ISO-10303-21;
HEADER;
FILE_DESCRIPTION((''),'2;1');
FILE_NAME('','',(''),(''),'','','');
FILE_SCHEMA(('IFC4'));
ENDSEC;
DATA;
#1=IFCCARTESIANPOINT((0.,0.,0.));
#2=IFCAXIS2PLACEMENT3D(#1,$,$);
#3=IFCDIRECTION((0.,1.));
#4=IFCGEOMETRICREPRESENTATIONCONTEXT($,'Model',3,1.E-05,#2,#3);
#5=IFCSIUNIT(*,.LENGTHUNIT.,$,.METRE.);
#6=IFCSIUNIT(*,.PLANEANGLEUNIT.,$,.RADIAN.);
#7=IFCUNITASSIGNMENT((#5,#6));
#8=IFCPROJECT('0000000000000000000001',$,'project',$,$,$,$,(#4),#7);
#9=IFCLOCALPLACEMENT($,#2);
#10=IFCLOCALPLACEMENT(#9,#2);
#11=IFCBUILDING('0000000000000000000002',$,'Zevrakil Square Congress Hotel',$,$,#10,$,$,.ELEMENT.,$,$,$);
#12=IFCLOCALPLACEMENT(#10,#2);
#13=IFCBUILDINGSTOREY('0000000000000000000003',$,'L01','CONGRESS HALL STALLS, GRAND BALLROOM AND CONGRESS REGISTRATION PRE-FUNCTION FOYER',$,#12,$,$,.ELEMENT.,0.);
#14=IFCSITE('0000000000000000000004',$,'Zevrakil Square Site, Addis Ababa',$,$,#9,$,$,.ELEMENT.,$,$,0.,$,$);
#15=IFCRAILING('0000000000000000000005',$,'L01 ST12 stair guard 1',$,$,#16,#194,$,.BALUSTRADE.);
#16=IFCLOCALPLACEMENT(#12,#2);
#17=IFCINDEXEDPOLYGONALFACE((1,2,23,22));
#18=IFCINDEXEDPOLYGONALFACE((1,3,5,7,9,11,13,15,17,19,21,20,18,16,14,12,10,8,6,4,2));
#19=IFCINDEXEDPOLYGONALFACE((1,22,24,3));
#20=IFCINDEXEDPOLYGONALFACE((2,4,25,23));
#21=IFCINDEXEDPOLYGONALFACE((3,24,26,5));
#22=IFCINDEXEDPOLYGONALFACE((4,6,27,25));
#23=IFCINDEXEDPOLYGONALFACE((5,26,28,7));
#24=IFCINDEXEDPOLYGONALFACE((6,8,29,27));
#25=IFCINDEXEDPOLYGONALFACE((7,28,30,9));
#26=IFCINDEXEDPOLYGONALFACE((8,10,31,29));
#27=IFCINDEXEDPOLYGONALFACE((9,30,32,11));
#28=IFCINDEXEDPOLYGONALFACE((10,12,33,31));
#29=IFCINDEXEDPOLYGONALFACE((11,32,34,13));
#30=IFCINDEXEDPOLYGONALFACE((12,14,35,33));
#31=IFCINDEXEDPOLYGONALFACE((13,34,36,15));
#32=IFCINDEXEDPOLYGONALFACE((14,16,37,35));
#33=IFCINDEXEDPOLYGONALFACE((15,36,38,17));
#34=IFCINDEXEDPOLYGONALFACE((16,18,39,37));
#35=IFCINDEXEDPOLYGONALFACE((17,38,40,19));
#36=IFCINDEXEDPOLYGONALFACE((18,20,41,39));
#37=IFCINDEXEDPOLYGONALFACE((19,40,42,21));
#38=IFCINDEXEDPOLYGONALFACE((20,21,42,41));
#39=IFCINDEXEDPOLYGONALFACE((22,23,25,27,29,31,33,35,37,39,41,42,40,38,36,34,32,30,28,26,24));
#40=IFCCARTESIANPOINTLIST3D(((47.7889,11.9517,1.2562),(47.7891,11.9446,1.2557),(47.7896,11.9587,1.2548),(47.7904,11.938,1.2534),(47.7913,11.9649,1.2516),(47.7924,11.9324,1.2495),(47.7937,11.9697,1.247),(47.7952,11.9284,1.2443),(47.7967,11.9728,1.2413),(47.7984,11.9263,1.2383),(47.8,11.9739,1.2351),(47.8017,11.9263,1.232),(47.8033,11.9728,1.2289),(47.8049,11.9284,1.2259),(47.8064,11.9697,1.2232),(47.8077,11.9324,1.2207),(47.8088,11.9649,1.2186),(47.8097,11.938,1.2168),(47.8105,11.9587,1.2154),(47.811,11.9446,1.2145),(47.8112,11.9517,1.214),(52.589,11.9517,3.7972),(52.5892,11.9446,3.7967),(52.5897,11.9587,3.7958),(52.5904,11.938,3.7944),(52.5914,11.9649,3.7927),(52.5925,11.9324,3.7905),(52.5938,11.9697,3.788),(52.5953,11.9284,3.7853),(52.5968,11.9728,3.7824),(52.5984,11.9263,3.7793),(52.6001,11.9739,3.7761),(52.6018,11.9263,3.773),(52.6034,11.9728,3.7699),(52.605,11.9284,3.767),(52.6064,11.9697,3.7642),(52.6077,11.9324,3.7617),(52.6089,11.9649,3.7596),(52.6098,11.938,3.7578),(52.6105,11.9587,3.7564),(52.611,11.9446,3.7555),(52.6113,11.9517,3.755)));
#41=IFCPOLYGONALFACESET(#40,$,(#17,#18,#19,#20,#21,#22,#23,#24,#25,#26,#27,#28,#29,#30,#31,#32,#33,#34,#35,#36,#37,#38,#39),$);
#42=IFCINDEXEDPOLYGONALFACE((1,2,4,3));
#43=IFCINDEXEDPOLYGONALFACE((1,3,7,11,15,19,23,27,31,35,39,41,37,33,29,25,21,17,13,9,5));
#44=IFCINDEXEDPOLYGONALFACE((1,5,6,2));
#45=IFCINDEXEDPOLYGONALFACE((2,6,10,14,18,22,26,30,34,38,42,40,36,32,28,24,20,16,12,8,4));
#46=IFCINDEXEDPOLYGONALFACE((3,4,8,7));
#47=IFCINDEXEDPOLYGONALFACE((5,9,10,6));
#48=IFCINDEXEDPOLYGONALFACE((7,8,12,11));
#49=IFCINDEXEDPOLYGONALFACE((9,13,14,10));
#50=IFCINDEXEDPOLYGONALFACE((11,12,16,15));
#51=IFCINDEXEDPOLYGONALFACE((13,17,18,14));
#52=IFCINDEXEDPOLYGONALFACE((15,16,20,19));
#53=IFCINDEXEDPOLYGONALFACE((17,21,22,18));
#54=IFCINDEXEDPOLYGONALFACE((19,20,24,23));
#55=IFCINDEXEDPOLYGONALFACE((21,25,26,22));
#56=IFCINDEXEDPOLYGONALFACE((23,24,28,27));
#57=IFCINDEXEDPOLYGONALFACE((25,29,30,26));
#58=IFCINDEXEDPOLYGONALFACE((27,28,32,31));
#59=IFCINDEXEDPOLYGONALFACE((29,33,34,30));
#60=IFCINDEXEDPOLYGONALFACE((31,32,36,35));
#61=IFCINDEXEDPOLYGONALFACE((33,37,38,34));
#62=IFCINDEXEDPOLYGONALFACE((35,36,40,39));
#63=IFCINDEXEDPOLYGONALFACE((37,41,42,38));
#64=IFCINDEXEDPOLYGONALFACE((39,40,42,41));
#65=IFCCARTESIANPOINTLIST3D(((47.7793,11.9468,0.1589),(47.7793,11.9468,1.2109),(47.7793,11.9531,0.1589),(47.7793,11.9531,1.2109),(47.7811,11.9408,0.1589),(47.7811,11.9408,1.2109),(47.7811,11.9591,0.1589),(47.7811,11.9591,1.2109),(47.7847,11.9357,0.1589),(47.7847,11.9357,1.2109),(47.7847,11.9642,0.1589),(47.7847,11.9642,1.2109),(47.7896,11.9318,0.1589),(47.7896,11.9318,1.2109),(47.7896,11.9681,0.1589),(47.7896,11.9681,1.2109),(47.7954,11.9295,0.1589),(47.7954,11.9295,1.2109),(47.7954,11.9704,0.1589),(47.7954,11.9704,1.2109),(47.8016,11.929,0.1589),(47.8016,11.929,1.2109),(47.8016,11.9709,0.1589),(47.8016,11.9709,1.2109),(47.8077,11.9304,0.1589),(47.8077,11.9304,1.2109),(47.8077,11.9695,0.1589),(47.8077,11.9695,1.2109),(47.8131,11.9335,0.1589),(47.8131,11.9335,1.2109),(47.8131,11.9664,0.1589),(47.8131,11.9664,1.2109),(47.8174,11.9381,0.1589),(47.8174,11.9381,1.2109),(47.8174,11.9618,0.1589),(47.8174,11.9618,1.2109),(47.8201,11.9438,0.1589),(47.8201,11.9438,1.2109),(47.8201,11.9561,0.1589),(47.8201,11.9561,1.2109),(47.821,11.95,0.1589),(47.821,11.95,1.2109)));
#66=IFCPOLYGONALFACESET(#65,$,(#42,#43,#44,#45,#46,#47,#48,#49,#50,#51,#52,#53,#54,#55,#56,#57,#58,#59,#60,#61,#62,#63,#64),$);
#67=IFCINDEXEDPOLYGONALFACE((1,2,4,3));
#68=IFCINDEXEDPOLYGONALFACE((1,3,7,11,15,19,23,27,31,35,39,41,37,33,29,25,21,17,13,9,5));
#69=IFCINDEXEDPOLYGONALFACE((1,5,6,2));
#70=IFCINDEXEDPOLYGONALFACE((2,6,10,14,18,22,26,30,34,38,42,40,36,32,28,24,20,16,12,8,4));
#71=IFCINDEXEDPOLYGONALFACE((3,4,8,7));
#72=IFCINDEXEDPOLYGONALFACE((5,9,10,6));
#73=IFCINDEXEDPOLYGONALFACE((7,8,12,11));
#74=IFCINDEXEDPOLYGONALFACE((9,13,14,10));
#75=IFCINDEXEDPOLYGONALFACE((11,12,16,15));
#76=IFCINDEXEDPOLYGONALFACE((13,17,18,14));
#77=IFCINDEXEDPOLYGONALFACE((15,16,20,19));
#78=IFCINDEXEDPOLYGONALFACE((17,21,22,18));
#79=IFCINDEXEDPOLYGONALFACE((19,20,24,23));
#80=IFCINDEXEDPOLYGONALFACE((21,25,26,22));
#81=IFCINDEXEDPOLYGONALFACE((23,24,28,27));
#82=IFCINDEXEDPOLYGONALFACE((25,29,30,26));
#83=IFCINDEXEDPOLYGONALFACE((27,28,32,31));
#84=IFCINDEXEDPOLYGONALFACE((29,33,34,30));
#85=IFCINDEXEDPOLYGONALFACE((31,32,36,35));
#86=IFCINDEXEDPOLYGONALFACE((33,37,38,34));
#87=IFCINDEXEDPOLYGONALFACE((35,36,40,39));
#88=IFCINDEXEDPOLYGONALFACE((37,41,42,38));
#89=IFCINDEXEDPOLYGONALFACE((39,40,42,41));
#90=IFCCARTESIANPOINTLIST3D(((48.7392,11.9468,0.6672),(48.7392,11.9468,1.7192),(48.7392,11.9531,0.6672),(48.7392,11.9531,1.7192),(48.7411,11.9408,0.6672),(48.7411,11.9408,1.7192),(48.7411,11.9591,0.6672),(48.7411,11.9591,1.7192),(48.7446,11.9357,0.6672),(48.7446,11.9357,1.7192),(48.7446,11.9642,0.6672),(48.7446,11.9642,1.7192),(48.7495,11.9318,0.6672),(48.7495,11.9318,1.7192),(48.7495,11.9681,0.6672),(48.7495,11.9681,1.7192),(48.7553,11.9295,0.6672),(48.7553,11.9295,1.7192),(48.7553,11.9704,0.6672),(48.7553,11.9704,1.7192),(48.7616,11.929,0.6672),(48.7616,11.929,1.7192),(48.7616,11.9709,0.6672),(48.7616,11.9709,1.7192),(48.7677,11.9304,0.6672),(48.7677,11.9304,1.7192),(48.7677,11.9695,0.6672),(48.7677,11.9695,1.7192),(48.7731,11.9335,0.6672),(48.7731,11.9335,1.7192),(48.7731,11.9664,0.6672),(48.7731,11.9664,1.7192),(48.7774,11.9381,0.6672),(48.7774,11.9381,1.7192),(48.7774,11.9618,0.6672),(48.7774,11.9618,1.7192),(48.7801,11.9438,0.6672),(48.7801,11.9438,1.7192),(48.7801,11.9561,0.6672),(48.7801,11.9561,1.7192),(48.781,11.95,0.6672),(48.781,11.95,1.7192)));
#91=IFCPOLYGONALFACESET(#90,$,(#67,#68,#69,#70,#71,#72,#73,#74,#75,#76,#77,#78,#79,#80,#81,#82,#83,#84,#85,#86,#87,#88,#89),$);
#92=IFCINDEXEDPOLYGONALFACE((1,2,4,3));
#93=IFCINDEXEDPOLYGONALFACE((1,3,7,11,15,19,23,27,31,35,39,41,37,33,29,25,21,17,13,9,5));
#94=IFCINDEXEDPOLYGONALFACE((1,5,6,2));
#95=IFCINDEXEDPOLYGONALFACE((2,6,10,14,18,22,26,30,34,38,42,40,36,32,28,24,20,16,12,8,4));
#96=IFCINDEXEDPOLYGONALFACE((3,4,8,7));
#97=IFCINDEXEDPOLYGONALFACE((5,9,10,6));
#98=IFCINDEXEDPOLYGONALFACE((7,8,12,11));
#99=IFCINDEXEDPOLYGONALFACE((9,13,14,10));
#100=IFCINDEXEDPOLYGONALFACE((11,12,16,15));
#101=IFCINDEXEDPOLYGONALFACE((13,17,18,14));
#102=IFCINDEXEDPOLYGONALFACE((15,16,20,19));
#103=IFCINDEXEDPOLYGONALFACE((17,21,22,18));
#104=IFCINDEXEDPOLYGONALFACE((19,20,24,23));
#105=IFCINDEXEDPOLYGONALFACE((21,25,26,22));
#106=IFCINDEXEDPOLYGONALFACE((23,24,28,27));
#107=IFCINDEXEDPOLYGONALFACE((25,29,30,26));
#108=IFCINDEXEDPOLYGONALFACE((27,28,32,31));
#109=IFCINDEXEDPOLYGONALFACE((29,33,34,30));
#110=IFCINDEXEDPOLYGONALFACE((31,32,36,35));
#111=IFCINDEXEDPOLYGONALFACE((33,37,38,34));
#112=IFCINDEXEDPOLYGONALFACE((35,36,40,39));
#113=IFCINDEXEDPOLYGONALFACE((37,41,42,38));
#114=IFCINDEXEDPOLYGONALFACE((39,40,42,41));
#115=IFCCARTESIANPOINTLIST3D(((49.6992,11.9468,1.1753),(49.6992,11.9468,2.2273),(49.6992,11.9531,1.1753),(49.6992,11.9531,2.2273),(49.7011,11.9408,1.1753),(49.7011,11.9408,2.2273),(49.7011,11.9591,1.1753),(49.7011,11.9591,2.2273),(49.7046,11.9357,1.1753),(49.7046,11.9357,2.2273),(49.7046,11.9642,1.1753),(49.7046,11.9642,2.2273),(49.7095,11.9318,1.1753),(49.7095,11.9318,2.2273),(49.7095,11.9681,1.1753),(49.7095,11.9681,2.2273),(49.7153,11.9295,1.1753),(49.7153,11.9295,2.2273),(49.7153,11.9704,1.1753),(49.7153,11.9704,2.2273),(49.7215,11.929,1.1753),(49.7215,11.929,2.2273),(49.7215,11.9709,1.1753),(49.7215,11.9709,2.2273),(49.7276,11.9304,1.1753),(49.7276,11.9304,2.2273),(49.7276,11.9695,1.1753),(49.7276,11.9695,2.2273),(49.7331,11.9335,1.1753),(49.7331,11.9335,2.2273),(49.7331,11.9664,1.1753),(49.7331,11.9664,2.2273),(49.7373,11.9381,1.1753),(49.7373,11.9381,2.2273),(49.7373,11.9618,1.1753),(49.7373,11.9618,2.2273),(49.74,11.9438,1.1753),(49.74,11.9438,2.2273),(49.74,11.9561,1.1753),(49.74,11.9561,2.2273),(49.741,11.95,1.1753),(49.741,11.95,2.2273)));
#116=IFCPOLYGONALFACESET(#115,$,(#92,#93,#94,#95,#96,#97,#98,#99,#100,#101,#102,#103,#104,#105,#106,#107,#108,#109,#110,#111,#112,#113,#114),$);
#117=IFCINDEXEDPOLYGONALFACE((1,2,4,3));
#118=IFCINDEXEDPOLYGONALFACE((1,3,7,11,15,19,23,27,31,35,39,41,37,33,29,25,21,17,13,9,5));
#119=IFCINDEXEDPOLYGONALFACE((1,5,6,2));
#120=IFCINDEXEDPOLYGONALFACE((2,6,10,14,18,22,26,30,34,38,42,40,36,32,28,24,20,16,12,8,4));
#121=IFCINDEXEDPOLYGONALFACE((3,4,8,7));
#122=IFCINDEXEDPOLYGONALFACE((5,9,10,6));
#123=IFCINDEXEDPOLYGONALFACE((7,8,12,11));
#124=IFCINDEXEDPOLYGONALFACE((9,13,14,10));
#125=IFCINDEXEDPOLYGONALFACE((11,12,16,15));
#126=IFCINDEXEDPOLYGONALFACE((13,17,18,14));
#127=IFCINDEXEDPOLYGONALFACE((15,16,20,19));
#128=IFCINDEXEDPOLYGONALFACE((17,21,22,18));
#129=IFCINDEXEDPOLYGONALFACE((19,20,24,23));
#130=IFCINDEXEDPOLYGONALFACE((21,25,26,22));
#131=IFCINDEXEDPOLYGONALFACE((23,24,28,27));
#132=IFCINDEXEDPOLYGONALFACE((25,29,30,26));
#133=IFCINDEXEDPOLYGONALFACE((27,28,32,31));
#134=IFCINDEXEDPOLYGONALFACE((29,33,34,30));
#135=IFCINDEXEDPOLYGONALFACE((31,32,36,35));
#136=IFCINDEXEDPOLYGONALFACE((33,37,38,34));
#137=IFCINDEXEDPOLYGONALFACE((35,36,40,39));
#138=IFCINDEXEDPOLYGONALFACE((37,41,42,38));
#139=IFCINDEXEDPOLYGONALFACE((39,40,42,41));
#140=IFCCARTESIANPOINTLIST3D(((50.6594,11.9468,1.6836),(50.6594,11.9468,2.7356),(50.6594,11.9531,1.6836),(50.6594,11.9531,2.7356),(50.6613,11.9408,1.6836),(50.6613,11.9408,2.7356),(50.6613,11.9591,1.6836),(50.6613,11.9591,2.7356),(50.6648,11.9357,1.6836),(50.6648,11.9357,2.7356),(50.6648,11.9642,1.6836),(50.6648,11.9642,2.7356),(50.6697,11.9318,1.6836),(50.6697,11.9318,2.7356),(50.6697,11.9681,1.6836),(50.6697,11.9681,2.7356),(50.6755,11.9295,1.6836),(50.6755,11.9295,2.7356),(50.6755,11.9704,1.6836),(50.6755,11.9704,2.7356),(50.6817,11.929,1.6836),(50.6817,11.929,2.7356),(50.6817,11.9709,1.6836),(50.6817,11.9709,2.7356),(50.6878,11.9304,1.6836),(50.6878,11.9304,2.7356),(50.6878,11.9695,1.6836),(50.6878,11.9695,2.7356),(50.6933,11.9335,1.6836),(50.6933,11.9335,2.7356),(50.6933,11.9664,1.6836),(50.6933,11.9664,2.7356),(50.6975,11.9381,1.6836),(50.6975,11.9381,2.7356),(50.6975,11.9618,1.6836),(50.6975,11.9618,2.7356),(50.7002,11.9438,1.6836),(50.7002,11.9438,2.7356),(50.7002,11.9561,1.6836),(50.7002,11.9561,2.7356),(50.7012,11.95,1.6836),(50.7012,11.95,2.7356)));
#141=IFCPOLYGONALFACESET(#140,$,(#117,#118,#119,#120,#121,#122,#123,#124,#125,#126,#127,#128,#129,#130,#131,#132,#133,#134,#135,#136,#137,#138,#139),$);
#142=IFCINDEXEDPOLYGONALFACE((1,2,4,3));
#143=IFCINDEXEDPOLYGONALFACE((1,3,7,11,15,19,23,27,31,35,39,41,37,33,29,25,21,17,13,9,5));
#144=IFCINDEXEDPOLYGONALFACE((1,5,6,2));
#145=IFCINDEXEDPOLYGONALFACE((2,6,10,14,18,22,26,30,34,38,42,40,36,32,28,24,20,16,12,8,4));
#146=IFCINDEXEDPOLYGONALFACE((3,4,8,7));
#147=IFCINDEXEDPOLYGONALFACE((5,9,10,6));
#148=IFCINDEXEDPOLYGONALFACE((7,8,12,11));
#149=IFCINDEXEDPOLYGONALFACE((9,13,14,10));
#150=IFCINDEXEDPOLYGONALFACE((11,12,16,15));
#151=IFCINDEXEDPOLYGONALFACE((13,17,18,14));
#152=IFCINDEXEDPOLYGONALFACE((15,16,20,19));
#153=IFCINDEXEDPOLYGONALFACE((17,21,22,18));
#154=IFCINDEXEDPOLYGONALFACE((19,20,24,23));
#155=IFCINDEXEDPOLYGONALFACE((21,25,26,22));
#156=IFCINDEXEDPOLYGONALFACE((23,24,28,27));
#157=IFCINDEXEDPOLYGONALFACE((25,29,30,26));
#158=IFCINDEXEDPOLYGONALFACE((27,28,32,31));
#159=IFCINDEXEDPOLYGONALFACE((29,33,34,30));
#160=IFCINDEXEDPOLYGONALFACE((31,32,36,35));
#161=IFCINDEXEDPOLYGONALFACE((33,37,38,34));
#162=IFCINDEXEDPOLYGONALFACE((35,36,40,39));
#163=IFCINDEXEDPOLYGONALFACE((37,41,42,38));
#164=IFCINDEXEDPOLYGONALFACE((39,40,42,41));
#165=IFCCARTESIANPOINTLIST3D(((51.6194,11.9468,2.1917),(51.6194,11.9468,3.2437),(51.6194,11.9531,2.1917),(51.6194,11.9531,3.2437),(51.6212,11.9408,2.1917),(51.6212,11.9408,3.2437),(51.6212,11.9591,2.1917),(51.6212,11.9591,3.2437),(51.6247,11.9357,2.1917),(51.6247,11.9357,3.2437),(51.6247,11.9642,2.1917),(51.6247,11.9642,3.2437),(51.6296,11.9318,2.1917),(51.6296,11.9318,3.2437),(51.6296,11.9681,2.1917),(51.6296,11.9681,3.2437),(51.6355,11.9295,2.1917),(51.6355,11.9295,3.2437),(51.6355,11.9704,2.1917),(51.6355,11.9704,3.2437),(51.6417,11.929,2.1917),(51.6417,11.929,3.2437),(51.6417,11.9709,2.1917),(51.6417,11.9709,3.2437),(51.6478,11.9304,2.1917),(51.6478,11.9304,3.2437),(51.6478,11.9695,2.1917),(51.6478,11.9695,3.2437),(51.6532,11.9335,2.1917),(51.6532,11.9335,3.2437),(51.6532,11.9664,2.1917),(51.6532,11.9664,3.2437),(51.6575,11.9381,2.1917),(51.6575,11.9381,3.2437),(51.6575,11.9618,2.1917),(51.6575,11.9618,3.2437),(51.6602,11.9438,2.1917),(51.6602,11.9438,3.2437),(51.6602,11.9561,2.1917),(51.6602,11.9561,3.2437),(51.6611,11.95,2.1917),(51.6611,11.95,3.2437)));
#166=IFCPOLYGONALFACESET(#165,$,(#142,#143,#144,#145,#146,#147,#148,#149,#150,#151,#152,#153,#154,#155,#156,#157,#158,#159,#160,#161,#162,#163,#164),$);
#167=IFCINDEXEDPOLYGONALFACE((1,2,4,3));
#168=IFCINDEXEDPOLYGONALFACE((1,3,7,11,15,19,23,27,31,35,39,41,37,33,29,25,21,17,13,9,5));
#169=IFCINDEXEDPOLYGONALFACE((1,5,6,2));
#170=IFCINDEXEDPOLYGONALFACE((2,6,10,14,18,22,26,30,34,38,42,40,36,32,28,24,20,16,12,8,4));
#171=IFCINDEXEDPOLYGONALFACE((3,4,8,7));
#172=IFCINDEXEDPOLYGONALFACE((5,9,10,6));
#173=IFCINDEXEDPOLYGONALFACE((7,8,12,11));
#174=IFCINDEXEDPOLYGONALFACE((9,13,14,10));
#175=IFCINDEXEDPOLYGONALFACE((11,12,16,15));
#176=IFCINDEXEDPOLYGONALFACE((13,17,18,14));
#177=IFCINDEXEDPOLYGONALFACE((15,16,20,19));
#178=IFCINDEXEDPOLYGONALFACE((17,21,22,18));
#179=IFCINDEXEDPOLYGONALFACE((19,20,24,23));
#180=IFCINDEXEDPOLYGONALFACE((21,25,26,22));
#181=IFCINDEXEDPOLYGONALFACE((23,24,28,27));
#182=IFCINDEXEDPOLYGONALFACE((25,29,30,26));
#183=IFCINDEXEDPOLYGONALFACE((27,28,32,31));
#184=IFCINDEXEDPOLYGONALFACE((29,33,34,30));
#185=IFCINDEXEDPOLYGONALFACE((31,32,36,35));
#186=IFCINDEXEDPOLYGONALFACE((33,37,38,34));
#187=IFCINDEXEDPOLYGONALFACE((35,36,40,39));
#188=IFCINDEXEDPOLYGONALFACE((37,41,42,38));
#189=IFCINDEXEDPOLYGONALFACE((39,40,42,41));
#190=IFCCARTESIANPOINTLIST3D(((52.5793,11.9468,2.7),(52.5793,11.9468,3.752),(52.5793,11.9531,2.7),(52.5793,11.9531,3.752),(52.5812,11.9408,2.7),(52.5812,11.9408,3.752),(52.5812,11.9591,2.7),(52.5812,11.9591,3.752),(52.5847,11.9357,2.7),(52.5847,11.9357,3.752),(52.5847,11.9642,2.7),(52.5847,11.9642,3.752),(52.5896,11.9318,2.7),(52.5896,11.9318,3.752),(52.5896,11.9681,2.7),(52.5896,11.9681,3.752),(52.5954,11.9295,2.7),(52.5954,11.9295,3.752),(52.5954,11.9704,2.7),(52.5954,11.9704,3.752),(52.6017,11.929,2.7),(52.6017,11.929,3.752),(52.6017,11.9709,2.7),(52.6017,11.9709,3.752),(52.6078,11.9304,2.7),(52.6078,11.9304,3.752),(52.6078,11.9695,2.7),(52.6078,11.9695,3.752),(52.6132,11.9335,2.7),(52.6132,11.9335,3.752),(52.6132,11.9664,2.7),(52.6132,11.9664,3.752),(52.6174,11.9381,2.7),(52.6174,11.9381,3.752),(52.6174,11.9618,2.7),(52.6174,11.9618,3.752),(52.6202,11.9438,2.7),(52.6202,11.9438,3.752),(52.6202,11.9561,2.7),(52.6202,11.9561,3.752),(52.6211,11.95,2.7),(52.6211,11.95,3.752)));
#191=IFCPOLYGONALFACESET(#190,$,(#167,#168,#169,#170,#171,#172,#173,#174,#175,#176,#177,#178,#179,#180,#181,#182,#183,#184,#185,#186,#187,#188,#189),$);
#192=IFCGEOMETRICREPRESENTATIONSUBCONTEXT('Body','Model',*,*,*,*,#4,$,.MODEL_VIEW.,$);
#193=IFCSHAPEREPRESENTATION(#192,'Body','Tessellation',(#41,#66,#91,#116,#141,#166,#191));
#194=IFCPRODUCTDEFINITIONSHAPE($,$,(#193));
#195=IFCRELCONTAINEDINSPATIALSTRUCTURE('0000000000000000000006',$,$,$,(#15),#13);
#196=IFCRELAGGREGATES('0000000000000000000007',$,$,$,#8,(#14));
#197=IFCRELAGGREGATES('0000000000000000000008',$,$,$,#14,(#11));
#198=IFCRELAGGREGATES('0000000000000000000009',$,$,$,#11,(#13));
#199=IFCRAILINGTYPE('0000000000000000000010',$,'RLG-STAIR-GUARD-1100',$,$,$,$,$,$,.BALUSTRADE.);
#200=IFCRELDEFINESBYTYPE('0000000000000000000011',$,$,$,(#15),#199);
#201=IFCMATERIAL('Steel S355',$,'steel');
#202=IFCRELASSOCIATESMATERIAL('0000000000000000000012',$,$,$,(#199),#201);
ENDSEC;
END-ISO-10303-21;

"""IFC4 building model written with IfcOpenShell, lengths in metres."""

from ifc_helpers import new_model, si_unit, direction, frame, origin, origin_2d, place, context, subcontext, project, spatial, circle, extrude, material, type_object, element, save


model = new_model("IFC4")

# Units and contexts
model_context = context("Model", 3, precision=1e-05, world=origin(), true_north=direction((0.0, 1.0)))
body_context = subcontext(model_context, "Body", "Model", "MODEL_VIEW")
ifc_project = project(units=[si_unit("LENGTHUNIT", "METRE"), si_unit("PLANEANGLEUNIT", "RADIAN")], contexts=[model_context])

# Site, building, storey
site_placement = place(None, origin())
site = spatial("IfcSite", under=ifc_project, at=site_placement, Name="Zevrakil Square Site, Addis Ababa", CompositionType="ELEMENT", RefElevation=0.0)
building_placement = place(site_placement, origin())
building = spatial("IfcBuilding", under=site, at=building_placement, Name="Zevrakil Square Congress Hotel", CompositionType="ELEMENT")
storey_placement = place(building_placement, origin())
storey = spatial("IfcBuildingStorey", under=building, at=storey_placement, Name="L01", Description="CONGRESS HALL STALLS, GRAND BALLROOM AND CONGRESS REGISTRATION PRE-FUNCTION FOYER", CompositionType="ELEMENT", Elevation=0.0)

# Railing
ifc_material_1 = material(Name="Steel S355", Category="steel")
railing_type_1 = type_object("IfcRailingType", Name="RLG-STAIR-GUARD-1100", PredefinedType="BALUSTRADE", material=ifc_material_1)
railing_1_placement = place(storey_placement, frame((47.8, 11.95, 0.1589)))
element("IfcRailing", 1, at=railing_1_placement, inside=storey, type_object=railing_type_1, Name="L01 ST12 stair guard 1", PredefinedType="BALUSTRADE", context=body_context, shape_type="SweptSolid", body=[
    extrude(circle(Radius=0.0239, at=origin_2d()), frame((0.0, 0.0, 1.0762), z_axis=(0.883802, 0.0, 0.467861), x_axis=(0.0, 1.0, 0.0)), (0.0, 0.0, 1.0), 5.4312),
    extrude(circle(Radius=0.021, at=origin_2d()), origin(), (0.0, 0.0, 1.0), 1.052),
    extrude(circle(Radius=0.021, at=origin_2d()), frame((0.96, 0.0, 0.5083)), (0.0, 0.0, 1.0), 1.052),
    extrude(circle(Radius=0.021, at=origin_2d()), frame((1.9199, 0.0, 1.0164)), (0.0, 0.0, 1.0), 1.052),
    extrude(circle(Radius=0.021, at=origin_2d()), frame((2.8801, 0.0, 1.5247)), (0.0, 0.0, 1.0), 1.052),
    extrude(circle(Radius=0.021, at=origin_2d()), frame((3.8401, 0.0, 2.0327)), (0.0, 0.0, 1.0), 1.052),
    extrude(circle(Radius=0.021, at=origin_2d()), frame((4.8, 0.0, 2.541)), (0.0, 0.0, 1.0), 1.052),
])

save(model, "model.ifc")
